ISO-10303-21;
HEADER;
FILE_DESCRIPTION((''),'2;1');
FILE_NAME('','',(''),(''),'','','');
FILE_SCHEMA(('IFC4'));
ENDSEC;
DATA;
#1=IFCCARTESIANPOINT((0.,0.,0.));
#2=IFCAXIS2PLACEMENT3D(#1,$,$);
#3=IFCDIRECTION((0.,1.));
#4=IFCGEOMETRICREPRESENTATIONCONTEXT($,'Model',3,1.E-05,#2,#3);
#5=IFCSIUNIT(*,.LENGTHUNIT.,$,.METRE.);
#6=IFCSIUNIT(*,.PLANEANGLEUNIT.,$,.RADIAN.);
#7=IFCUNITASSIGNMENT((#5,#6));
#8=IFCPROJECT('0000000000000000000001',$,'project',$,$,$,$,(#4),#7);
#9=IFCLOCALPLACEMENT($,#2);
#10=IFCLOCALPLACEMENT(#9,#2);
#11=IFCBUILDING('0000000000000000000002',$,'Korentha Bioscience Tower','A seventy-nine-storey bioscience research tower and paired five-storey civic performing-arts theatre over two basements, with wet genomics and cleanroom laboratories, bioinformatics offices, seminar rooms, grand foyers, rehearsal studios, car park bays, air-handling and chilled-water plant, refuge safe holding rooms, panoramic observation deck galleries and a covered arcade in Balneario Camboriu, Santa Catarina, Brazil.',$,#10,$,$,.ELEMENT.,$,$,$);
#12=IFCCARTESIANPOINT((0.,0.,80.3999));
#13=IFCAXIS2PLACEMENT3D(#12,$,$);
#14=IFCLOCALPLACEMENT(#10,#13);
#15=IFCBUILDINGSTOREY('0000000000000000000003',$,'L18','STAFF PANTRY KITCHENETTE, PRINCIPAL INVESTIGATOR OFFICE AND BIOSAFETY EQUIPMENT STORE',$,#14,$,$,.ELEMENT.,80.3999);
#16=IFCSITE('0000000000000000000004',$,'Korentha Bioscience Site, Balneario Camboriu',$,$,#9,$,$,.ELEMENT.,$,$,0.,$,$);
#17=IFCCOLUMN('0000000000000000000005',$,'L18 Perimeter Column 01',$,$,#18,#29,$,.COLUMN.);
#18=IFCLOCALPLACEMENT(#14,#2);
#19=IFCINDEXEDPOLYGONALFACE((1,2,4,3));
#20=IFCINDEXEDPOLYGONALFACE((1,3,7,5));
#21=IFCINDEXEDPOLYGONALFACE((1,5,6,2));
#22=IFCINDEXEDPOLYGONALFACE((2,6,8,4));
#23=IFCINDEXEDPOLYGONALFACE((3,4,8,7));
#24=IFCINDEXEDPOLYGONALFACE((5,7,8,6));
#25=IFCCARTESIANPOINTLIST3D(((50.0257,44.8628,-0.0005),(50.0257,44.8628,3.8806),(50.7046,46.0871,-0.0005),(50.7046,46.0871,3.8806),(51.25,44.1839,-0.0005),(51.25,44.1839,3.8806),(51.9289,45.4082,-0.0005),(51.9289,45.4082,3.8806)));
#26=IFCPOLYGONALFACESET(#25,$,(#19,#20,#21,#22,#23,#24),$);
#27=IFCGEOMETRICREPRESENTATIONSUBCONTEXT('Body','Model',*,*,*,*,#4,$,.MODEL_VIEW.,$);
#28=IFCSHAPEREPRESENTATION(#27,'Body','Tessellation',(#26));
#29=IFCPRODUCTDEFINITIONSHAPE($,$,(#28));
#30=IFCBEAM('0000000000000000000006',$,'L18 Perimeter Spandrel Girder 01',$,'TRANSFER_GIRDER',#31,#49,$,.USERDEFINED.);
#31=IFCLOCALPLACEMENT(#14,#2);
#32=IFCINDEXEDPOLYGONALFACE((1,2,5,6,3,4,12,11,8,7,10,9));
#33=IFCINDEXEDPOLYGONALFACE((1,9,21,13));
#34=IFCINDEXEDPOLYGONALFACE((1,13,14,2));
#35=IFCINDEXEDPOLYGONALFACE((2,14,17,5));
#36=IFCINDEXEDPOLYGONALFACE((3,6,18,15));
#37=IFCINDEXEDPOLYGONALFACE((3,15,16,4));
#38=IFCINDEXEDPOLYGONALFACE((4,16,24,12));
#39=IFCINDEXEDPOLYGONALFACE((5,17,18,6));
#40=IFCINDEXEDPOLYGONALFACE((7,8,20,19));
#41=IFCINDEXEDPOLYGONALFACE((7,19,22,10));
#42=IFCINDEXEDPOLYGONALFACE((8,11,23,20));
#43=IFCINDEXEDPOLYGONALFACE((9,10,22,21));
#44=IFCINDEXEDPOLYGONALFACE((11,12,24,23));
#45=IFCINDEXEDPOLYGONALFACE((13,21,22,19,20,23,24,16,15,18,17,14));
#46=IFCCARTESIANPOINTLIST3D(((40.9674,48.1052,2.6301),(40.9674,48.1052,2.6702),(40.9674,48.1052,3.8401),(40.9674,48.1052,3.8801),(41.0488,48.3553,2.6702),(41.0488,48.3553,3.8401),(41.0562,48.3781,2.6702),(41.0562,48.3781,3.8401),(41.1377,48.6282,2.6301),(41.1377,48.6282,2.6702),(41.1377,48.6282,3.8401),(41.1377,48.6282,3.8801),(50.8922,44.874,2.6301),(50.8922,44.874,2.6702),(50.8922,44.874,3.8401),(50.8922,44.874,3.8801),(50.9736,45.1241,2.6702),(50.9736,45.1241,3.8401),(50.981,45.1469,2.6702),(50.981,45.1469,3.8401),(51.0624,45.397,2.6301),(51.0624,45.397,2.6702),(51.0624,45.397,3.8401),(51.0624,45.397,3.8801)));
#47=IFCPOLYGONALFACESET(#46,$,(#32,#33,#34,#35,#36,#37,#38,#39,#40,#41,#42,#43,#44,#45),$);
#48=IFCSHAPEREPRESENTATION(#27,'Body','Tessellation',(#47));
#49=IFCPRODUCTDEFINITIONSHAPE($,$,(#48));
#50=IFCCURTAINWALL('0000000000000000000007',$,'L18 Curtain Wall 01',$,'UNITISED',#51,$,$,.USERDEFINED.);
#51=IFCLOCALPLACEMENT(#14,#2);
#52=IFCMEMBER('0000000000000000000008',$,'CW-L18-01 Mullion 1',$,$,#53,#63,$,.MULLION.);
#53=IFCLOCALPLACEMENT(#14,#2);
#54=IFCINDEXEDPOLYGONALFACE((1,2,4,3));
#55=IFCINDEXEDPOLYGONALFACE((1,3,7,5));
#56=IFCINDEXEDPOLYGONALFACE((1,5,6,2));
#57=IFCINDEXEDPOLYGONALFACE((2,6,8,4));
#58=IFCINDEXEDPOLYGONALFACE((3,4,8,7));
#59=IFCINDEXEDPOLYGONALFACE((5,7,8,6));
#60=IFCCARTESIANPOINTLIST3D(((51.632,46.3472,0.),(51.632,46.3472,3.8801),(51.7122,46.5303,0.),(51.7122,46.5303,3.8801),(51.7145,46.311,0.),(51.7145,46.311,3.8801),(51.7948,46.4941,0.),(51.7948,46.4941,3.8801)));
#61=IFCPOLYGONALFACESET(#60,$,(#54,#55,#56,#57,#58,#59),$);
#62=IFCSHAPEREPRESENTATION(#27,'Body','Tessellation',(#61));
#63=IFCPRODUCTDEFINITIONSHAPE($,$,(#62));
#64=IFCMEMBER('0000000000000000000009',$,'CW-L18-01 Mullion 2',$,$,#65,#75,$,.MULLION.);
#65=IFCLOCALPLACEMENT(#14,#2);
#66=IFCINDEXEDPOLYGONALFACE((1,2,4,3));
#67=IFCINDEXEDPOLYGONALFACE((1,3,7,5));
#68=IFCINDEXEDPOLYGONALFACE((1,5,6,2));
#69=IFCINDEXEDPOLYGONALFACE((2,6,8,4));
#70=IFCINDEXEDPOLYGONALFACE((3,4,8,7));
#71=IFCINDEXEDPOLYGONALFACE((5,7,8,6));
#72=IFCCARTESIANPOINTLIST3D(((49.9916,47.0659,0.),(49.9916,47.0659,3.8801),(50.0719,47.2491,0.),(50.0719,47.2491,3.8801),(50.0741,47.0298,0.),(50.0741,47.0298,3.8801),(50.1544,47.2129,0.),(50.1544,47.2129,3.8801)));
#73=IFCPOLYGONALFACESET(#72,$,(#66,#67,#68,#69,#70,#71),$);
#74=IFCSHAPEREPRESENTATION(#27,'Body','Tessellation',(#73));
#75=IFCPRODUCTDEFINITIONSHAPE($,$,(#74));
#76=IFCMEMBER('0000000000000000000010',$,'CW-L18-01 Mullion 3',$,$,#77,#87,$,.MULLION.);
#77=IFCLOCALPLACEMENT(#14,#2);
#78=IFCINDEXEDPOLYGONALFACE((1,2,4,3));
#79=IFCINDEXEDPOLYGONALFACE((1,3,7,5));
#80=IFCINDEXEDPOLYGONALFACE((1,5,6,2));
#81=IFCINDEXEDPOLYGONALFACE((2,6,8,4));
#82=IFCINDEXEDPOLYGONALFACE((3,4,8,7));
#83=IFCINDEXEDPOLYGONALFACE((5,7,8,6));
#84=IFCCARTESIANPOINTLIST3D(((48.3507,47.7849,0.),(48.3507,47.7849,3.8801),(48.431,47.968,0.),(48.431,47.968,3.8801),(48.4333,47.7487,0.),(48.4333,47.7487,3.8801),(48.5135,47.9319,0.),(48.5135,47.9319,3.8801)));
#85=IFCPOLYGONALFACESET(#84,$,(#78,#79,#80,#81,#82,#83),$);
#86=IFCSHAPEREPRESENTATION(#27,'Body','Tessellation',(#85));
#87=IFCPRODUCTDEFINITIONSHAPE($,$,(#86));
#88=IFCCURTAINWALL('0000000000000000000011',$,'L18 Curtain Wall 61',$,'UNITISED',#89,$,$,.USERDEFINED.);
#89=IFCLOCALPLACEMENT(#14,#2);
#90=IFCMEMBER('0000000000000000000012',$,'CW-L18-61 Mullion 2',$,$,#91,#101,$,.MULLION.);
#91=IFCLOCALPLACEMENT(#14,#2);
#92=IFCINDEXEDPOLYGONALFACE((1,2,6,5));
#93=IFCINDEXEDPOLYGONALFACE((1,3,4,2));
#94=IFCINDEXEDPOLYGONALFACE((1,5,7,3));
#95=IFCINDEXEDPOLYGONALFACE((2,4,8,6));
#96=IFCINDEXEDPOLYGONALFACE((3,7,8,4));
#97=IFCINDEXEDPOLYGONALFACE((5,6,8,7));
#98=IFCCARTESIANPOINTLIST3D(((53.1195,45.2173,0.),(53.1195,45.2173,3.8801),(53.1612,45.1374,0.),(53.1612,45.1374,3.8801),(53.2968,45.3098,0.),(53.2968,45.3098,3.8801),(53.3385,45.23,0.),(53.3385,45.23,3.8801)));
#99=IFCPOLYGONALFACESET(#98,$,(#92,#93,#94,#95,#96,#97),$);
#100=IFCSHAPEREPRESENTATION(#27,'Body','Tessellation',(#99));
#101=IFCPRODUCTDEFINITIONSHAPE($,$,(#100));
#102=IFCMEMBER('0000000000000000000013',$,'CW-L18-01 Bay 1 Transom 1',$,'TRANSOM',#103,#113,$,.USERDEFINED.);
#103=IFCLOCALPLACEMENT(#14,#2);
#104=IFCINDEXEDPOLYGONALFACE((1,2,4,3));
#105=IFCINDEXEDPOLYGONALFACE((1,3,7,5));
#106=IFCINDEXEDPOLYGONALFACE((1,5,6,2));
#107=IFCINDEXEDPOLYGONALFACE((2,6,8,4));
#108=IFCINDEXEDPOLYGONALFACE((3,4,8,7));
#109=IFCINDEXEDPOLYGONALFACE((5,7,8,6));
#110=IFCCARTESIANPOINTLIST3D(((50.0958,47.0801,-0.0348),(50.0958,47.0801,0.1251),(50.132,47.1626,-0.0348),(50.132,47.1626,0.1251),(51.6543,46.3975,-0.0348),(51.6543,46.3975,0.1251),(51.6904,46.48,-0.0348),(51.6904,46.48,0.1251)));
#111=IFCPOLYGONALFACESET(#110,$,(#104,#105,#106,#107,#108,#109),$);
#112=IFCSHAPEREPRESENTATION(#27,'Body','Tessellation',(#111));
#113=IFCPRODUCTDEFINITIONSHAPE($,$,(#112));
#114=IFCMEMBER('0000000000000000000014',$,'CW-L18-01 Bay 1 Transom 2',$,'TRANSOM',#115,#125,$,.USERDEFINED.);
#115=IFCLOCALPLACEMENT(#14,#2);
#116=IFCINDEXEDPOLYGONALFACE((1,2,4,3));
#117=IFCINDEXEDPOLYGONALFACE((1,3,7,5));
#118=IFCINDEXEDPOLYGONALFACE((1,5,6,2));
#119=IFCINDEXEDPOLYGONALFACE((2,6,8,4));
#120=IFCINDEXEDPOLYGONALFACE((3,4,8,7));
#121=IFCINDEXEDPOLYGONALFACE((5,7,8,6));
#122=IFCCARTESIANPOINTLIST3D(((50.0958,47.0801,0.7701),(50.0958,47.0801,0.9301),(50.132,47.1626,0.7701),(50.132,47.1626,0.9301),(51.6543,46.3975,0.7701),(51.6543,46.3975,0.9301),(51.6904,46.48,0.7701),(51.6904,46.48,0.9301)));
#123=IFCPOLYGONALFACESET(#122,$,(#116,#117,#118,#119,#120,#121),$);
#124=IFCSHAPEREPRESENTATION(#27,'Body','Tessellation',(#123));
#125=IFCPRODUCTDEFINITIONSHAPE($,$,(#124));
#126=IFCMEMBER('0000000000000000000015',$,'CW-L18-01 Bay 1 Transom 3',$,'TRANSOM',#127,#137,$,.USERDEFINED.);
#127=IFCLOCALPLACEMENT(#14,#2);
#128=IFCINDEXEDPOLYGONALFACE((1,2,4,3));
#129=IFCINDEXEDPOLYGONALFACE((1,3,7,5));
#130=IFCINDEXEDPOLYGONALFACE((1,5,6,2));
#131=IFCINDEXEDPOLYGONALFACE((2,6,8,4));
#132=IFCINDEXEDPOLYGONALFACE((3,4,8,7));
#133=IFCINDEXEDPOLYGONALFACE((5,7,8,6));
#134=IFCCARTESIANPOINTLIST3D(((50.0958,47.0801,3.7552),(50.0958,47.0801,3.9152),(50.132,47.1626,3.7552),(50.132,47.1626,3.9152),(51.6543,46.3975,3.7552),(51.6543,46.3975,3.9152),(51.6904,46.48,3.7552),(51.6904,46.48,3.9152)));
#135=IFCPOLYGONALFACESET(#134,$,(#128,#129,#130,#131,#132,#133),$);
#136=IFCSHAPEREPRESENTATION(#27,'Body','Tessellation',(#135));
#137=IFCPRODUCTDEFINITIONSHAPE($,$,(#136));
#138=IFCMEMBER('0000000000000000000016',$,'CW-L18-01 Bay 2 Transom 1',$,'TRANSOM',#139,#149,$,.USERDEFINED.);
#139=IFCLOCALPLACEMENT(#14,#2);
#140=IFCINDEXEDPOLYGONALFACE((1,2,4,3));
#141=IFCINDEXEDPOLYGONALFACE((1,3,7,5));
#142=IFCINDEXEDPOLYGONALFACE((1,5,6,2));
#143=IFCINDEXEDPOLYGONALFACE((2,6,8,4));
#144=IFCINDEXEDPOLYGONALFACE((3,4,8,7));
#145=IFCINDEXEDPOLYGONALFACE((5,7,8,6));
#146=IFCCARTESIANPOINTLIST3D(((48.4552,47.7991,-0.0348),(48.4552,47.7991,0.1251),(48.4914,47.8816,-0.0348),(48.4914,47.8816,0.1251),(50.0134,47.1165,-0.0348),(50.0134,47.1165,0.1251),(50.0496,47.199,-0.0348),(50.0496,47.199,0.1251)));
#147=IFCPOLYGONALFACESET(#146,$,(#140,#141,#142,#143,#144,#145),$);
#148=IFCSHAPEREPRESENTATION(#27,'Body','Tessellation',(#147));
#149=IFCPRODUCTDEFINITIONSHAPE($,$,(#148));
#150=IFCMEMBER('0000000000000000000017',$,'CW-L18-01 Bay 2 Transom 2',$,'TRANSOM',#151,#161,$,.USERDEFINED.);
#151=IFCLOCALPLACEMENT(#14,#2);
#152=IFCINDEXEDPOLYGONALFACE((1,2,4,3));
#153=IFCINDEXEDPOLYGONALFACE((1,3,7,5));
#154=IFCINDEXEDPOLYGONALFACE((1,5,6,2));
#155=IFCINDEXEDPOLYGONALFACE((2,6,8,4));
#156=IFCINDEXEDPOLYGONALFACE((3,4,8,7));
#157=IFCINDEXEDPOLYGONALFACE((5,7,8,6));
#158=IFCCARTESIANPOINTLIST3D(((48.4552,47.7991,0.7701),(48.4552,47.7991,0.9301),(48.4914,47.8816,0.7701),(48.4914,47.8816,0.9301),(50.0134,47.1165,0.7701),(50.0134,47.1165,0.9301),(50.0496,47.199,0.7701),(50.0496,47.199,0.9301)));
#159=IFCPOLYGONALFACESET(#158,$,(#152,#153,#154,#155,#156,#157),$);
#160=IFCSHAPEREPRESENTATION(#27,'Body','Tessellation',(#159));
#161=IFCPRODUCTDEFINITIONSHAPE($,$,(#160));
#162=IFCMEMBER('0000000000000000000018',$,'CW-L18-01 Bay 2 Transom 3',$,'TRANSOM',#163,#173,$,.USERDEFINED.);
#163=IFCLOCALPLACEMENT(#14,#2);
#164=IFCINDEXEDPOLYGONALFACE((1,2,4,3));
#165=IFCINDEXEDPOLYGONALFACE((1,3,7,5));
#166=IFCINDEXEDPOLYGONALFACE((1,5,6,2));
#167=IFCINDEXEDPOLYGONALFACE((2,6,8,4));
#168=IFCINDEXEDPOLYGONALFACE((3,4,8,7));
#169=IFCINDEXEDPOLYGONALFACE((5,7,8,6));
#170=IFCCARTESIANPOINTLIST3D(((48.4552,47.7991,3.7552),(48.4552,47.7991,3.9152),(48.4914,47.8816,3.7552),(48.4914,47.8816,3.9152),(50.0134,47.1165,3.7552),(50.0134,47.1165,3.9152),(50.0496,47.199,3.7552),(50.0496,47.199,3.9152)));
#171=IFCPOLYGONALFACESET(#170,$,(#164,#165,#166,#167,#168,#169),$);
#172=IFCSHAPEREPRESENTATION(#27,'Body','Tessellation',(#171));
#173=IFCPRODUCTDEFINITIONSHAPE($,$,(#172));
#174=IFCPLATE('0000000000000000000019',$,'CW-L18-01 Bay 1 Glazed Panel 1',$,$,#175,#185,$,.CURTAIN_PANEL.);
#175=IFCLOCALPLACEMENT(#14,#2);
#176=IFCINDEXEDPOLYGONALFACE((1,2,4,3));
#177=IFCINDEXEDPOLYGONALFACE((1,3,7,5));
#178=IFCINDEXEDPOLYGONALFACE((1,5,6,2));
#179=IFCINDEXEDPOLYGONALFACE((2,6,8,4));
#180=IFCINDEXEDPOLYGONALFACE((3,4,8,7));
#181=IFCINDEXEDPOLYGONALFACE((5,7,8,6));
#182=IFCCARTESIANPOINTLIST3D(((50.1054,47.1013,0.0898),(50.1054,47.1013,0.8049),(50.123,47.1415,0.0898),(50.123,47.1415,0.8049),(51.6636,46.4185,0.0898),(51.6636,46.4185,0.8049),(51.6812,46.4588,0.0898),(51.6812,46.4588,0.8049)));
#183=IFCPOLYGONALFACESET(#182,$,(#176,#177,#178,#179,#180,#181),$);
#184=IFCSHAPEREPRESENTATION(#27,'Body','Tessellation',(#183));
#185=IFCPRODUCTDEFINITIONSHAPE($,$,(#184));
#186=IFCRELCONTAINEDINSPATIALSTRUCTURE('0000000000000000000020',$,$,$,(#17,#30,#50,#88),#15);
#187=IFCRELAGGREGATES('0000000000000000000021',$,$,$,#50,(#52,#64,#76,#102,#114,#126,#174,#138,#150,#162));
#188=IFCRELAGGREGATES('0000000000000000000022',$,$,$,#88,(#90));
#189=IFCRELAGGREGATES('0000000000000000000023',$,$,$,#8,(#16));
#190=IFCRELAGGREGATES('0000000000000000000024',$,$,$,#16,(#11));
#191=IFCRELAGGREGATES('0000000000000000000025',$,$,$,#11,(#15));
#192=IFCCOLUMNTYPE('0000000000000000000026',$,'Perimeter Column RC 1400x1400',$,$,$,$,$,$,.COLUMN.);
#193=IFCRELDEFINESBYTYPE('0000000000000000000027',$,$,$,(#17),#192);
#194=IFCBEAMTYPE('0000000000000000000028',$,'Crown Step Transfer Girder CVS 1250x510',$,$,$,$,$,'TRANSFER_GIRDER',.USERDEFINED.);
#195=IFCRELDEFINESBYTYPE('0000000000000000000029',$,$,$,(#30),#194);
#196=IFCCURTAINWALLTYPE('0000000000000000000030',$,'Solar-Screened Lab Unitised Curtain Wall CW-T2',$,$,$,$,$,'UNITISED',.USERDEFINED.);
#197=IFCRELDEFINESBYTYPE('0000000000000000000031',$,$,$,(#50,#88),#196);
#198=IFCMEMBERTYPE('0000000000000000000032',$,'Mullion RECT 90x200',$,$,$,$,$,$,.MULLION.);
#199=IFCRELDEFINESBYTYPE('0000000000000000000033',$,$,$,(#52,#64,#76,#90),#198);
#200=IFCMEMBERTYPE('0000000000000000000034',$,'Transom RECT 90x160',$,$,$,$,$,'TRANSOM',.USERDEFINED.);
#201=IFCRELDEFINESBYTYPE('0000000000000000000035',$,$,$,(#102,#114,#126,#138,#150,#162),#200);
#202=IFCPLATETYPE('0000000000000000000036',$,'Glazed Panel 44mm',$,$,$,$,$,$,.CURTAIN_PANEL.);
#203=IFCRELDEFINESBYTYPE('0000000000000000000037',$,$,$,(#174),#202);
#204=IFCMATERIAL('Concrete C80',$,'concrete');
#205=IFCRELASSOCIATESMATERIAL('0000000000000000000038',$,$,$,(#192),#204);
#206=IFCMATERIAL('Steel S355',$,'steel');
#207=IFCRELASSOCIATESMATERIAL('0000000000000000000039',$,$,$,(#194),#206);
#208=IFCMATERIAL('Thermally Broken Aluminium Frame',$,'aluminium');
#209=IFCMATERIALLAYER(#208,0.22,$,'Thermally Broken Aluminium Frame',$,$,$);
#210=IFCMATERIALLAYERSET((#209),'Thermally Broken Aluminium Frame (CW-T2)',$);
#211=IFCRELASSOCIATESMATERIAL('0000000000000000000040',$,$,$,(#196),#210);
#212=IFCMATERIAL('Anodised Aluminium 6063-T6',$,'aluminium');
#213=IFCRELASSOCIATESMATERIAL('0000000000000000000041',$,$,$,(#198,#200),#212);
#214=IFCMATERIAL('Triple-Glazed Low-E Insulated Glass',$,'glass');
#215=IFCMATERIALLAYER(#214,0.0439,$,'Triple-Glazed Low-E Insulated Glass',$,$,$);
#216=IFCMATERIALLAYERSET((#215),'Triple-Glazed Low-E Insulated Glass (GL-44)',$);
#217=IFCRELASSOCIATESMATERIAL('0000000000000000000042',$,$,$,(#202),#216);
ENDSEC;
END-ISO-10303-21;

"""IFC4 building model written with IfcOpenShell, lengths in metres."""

from ifc_helpers import new_model, si_unit, direction, frame, origin, origin_2d, place, context, subcontext, project, spatial, rectangle, i_section, extrude, material, layer, layer_set, material_profile, profile_set, type_object, element, aggregate, save


model = new_model("IFC4")

# Units and contexts
model_context = context("Model", 3, precision=1e-05, world=origin(), true_north=direction((0.0, 1.0)))
body_context = subcontext(model_context, "Body", "Model", "MODEL_VIEW")
ifc_project = project(units=[si_unit("LENGTHUNIT", "METRE"), si_unit("PLANEANGLEUNIT", "RADIAN")], contexts=[model_context])

# Site, building, storey
site_placement = place(None, origin())
site = spatial("IfcSite", under=ifc_project, at=site_placement, Name="Korentha Bioscience Site, Balneario Camboriu", CompositionType="ELEMENT", RefElevation=0.0)
building_placement = place(site_placement, origin())
building = spatial("IfcBuilding", under=site, at=building_placement, Name="Korentha Bioscience Tower", Description="A seventy-nine-storey bioscience research tower and paired five-storey civic performing-arts theatre over two basements, with wet genomics and cleanroom laboratories, bioinformatics offices, seminar rooms, grand foyers, rehearsal studios, car park bays, air-handling and chilled-water plant, refuge safe holding rooms, panoramic observation deck galleries and a covered arcade in Balneario Camboriu, Santa Catarina, Brazil.", CompositionType="ELEMENT")
storey_placement = place(building_placement, frame((0.0, 0.0, 80.3999)))
storey = spatial("IfcBuildingStorey", under=building, at=storey_placement, Name="L18", Description="STAFF PANTRY KITCHENETTE, PRINCIPAL INVESTIGATOR OFFICE AND BIOSAFETY EQUIPMENT STORE", CompositionType="ELEMENT", Elevation=80.3999)

# Column
ifc_material_1 = material(Name="Concrete C80", Category="concrete")
ifc_material_profile_1 = material_profile(ifc_material_1, rectangle(XDim=1.3999, YDim=1.3999, at=origin_2d()), Name="Concrete C80")
ifc_profile_set_1 = profile_set([ifc_material_profile_1], Name="Concrete C80 (COL-P14)")
column_type = type_object("IfcColumnType", Name="Perimeter Column RC 1400x1400", PredefinedType="COLUMN", material=ifc_profile_set_1)
column_placement = place(storey_placement, frame((50.9773, 45.1355, -0.0005), z_axis=(0.0, 0.0, 1.0), x_axis=(-0.874535, 0.484962, 0.0)))
element("IfcColumn", 1, at=column_placement, inside=storey, type_object=column_type, Name="L18 Perimeter Column 01", PredefinedType="COLUMN", context=body_context, shape_type="SweptSolid", body=[
    extrude(rectangle(XDim=1.3999, YDim=1.3999, at=origin_2d()), origin(), (0.0, 0.0, 1.0), 3.8811),
])

# Beam
ifc_material_2 = material(Name="Steel S355", Category="steel")
ifc_material_profile_2 = material_profile(ifc_material_2, i_section(OverallWidth=0.55, OverallDepth=1.25, WebThickness=0.0239, FlangeThickness=0.04, at=origin_2d()), Name="Steel S355")
ifc_profile_set_2 = profile_set([ifc_material_profile_2], Name="Steel S355 (TG-03)")
beam_type = type_object("IfcBeamType", Name="Crown Step Transfer Girder CVS 1250x510", ElementType="TRANSFER_GIRDER", PredefinedType="USERDEFINED", material=ifc_profile_set_2)
beam_placement = place(storey_placement, frame((50.9773, 45.1355, 3.2551), z_axis=(-0.950875, 0.309575, 0.0), x_axis=(-0.309575, -0.950875, 0.0)))
element("IfcBeam", 2, at=beam_placement, inside=storey, type_object=beam_type, Name="L18 Perimeter Spandrel Girder 01", ObjectType="TRANSFER_GIRDER", PredefinedType="USERDEFINED", context=body_context, shape_type="SweptSolid", body=[
    extrude(i_section(OverallWidth=0.55, OverallDepth=1.25, WebThickness=0.0239, FlangeThickness=0.04, at=origin_2d()), origin(), (0.0, 0.0, 1.0), 10.4375),
])

# Curtain wall, members
ifc_material_3 = material(Name="Thermally Broken Aluminium Frame", Category="aluminium")
ifc_layer_1 = layer(ifc_material_3, 0.22, Name="Thermally Broken Aluminium Frame")
ifc_layer_set_1 = layer_set([ifc_layer_1], Name="Thermally Broken Aluminium Frame (CW-T2)")
curtain_wall_type = type_object("IfcCurtainWallType", Name="Solar-Screened Lab Unitised Curtain Wall CW-T2", ElementType="UNITISED", PredefinedType="USERDEFINED", material=ifc_layer_set_1)
curtain_wall_1_placement = place(storey_placement, origin())
curtain_wall_1 = element("IfcCurtainWall", 3, at=curtain_wall_1_placement, inside=storey, type_object=curtain_wall_type, Name="L18 Curtain Wall 01", ObjectType="UNITISED", PredefinedType="USERDEFINED")
ifc_material_4 = material(Name="Anodised Aluminium 6063-T6", Category="aluminium")
ifc_material_profile_3 = material_profile(ifc_material_4, rectangle(XDim=0.0901, YDim=0.2, at=origin_2d()), Name="Anodised Aluminium 6063-T6")
ifc_profile_set_3 = profile_set([ifc_material_profile_3], Name="Anodised Aluminium 6063-T6 (CW-MUL)")
member_type_1 = type_object("IfcMemberType", Name="Mullion RECT 90x200", PredefinedType="MULLION", material=ifc_profile_set_3)
member_1_placement = place(storey_placement, frame((51.7134, 46.4207, 0.0), z_axis=(0.0, 0.0, 1.0), x_axis=(-0.915939, 0.401317, 0.0)))
member_1 = element("IfcMember", 4, at=member_1_placement, type_object=member_type_1, Name="CW-L18-01 Mullion 1", PredefinedType="MULLION", context=body_context, shape_type="SweptSolid", body=[
    extrude(rectangle(XDim=0.0901, YDim=0.2, at=origin_2d()), origin(), (0.0, 0.0, 1.0), 3.8801),
])
member_2_placement = place(storey_placement, frame((50.073, 47.1394, 0.0), z_axis=(0.0, 0.0, 1.0), x_axis=(-0.915939, 0.401317, 0.0)))
member_2 = element("IfcMember", 5, at=member_2_placement, type_object=member_type_1, Name="CW-L18-01 Mullion 2", PredefinedType="MULLION", context=body_context, shape_type="SweptSolid", body=[
    extrude(rectangle(XDim=0.0901, YDim=0.2, at=origin_2d()), origin(), (0.0, 0.0, 1.0), 3.8801),
])
member_3_placement = place(storey_placement, frame((48.4321, 47.8584, 0.0), z_axis=(0.0, 0.0, 1.0), x_axis=(-0.915939, 0.401317, 0.0)))
member_3 = element("IfcMember", 6, at=member_3_placement, type_object=member_type_1, Name="CW-L18-01 Mullion 3", PredefinedType="MULLION", context=body_context, shape_type="SweptSolid", body=[
    extrude(rectangle(XDim=0.0901, YDim=0.2, at=origin_2d()), origin(), (0.0, 0.0, 1.0), 3.8801),
])

# Curtain wall, member
curtain_wall_2_placement = place(storey_placement, origin())
curtain_wall_2 = element("IfcCurtainWall", 7, at=curtain_wall_2_placement, inside=storey, type_object=curtain_wall_type, Name="L18 Curtain Wall 61", ObjectType="UNITISED", PredefinedType="USERDEFINED")
member_4_placement = place(storey_placement, frame((53.229, 45.2236, 0.0), z_axis=(0.0, 0.0, 1.0), x_axis=(-0.463009, 0.886354, 0.0)))
member_4 = element("IfcMember", 8, at=member_4_placement, type_object=member_type_1, Name="CW-L18-61 Mullion 2", PredefinedType="MULLION", context=body_context, shape_type="SweptSolid", body=[
    extrude(rectangle(XDim=0.0901, YDim=0.2, at=origin_2d()), origin(), (0.0, 0.0, 1.0), 3.8801),
])

# Members
ifc_material_profile_4 = material_profile(ifc_material_4, rectangle(XDim=0.0901, YDim=0.1599, at=origin_2d()), Name="Anodised Aluminium 6063-T6")
ifc_profile_set_4 = profile_set([ifc_material_profile_4], Name="Anodised Aluminium 6063-T6 (CW-TRN)")
member_type_2 = type_object("IfcMemberType", Name="Transom RECT 90x160", ElementType="TRANSOM", PredefinedType="USERDEFINED", material=ifc_profile_set_4)
member_5_placement = place(storey_placement, frame((51.6724, 46.4387, 0.0452), z_axis=(-0.915976, 0.401233, 0.0), x_axis=(-0.401233, -0.915976, 0.0)))
member_5 = element("IfcMember", 9, at=member_5_placement, type_object=member_type_2, Name="CW-L18-01 Bay 1 Transom 1", ObjectType="TRANSOM", PredefinedType="USERDEFINED", context=body_context, shape_type="SweptSolid", body=[
    extrude(rectangle(XDim=0.0901, YDim=0.1599, at=origin_2d()), origin(), (0.0, 0.0, 1.0), 1.7014),
])
member_6_placement = place(storey_placement, frame((51.6724, 46.4387, 0.8501), z_axis=(-0.915976, 0.401233, 0.0), x_axis=(-0.401233, -0.915976, 0.0)))
member_6 = element("IfcMember", 10, at=member_6_placement, type_object=member_type_2, Name="CW-L18-01 Bay 1 Transom 2", ObjectType="TRANSOM", PredefinedType="USERDEFINED", context=body_context, shape_type="SweptSolid", body=[
    extrude(rectangle(XDim=0.0901, YDim=0.1599, at=origin_2d()), origin(), (0.0, 0.0, 1.0), 1.7014),
])
member_7_placement = place(storey_placement, frame((51.6724, 46.4387, 3.8352), z_axis=(-0.915976, 0.401233, 0.0), x_axis=(-0.401233, -0.915976, 0.0)))
member_7 = element("IfcMember", 11, at=member_7_placement, type_object=member_type_2, Name="CW-L18-01 Bay 1 Transom 3", ObjectType="TRANSOM", PredefinedType="USERDEFINED", context=body_context, shape_type="SweptSolid", body=[
    extrude(rectangle(XDim=0.0901, YDim=0.1599, at=origin_2d()), origin(), (0.0, 0.0, 1.0), 1.7014),
])
member_8_placement = place(storey_placement, frame((50.0315, 47.1577, 0.0452), z_axis=(-0.915953, 0.401286, 0.0), x_axis=(-0.401286, -0.915953, 0.0)))
member_8 = element("IfcMember", 12, at=member_8_placement, type_object=member_type_2, Name="CW-L18-01 Bay 2 Transom 1", ObjectType="TRANSOM", PredefinedType="USERDEFINED", context=body_context, shape_type="SweptSolid", body=[
    extrude(rectangle(XDim=0.0901, YDim=0.1599, at=origin_2d()), origin(), (0.0, 0.0, 1.0), 1.7012),
])
member_9_placement = place(storey_placement, frame((50.0315, 47.1577, 0.8501), z_axis=(-0.915953, 0.401286, 0.0), x_axis=(-0.401286, -0.915953, 0.0)))
member_9 = element("IfcMember", 13, at=member_9_placement, type_object=member_type_2, Name="CW-L18-01 Bay 2 Transom 2", ObjectType="TRANSOM", PredefinedType="USERDEFINED", context=body_context, shape_type="SweptSolid", body=[
    extrude(rectangle(XDim=0.0901, YDim=0.1599, at=origin_2d()), origin(), (0.0, 0.0, 1.0), 1.7012),
])
member_10_placement = place(storey_placement, frame((50.0315, 47.1577, 3.8352), z_axis=(-0.915953, 0.401286, 0.0), x_axis=(-0.401286, -0.915953, 0.0)))
member_10 = element("IfcMember", 14, at=member_10_placement, type_object=member_type_2, Name="CW-L18-01 Bay 2 Transom 3", ObjectType="TRANSOM", PredefinedType="USERDEFINED", context=body_context, shape_type="SweptSolid", body=[
    extrude(rectangle(XDim=0.0901, YDim=0.1599, at=origin_2d()), origin(), (0.0, 0.0, 1.0), 1.7012),
])

# Plate
ifc_material_5 = material(Name="Triple-Glazed Low-E Insulated Glass", Category="glass")
ifc_layer_2 = layer(ifc_material_5, 0.0439, Name="Triple-Glazed Low-E Insulated Glass")
ifc_layer_set_2 = layer_set([ifc_layer_2], Name="Triple-Glazed Low-E Insulated Glass (GL-44)")
plate_type = type_object("IfcPlateType", Name="Glazed Panel 44mm", PredefinedType="CURTAIN_PANEL", material=ifc_layer_set_2)
plate_1_placement = place(storey_placement, frame((50.8933, 46.78, 0.0898), z_axis=(0.0, 0.0, 1.0), x_axis=(-0.915939, 0.401317, 0.0)))
plate_1 = element("IfcPlate", 15, at=plate_1_placement, type_object=plate_type, Name="CW-L18-01 Bay 1 Glazed Panel 1", PredefinedType="CURTAIN_PANEL", context=body_context, shape_type="SweptSolid", body=[
    extrude(rectangle(XDim=1.7012, YDim=0.0439, at=origin_2d()), origin(), (0.0, 0.0, 1.0), 0.7151),
])
aggregate(curtain_wall_1, [member_1, member_2, member_3, member_5, member_6, member_7, plate_1, member_8, member_9, member_10])
aggregate(curtain_wall_2, [member_4])

save(model, "model.ifc")
